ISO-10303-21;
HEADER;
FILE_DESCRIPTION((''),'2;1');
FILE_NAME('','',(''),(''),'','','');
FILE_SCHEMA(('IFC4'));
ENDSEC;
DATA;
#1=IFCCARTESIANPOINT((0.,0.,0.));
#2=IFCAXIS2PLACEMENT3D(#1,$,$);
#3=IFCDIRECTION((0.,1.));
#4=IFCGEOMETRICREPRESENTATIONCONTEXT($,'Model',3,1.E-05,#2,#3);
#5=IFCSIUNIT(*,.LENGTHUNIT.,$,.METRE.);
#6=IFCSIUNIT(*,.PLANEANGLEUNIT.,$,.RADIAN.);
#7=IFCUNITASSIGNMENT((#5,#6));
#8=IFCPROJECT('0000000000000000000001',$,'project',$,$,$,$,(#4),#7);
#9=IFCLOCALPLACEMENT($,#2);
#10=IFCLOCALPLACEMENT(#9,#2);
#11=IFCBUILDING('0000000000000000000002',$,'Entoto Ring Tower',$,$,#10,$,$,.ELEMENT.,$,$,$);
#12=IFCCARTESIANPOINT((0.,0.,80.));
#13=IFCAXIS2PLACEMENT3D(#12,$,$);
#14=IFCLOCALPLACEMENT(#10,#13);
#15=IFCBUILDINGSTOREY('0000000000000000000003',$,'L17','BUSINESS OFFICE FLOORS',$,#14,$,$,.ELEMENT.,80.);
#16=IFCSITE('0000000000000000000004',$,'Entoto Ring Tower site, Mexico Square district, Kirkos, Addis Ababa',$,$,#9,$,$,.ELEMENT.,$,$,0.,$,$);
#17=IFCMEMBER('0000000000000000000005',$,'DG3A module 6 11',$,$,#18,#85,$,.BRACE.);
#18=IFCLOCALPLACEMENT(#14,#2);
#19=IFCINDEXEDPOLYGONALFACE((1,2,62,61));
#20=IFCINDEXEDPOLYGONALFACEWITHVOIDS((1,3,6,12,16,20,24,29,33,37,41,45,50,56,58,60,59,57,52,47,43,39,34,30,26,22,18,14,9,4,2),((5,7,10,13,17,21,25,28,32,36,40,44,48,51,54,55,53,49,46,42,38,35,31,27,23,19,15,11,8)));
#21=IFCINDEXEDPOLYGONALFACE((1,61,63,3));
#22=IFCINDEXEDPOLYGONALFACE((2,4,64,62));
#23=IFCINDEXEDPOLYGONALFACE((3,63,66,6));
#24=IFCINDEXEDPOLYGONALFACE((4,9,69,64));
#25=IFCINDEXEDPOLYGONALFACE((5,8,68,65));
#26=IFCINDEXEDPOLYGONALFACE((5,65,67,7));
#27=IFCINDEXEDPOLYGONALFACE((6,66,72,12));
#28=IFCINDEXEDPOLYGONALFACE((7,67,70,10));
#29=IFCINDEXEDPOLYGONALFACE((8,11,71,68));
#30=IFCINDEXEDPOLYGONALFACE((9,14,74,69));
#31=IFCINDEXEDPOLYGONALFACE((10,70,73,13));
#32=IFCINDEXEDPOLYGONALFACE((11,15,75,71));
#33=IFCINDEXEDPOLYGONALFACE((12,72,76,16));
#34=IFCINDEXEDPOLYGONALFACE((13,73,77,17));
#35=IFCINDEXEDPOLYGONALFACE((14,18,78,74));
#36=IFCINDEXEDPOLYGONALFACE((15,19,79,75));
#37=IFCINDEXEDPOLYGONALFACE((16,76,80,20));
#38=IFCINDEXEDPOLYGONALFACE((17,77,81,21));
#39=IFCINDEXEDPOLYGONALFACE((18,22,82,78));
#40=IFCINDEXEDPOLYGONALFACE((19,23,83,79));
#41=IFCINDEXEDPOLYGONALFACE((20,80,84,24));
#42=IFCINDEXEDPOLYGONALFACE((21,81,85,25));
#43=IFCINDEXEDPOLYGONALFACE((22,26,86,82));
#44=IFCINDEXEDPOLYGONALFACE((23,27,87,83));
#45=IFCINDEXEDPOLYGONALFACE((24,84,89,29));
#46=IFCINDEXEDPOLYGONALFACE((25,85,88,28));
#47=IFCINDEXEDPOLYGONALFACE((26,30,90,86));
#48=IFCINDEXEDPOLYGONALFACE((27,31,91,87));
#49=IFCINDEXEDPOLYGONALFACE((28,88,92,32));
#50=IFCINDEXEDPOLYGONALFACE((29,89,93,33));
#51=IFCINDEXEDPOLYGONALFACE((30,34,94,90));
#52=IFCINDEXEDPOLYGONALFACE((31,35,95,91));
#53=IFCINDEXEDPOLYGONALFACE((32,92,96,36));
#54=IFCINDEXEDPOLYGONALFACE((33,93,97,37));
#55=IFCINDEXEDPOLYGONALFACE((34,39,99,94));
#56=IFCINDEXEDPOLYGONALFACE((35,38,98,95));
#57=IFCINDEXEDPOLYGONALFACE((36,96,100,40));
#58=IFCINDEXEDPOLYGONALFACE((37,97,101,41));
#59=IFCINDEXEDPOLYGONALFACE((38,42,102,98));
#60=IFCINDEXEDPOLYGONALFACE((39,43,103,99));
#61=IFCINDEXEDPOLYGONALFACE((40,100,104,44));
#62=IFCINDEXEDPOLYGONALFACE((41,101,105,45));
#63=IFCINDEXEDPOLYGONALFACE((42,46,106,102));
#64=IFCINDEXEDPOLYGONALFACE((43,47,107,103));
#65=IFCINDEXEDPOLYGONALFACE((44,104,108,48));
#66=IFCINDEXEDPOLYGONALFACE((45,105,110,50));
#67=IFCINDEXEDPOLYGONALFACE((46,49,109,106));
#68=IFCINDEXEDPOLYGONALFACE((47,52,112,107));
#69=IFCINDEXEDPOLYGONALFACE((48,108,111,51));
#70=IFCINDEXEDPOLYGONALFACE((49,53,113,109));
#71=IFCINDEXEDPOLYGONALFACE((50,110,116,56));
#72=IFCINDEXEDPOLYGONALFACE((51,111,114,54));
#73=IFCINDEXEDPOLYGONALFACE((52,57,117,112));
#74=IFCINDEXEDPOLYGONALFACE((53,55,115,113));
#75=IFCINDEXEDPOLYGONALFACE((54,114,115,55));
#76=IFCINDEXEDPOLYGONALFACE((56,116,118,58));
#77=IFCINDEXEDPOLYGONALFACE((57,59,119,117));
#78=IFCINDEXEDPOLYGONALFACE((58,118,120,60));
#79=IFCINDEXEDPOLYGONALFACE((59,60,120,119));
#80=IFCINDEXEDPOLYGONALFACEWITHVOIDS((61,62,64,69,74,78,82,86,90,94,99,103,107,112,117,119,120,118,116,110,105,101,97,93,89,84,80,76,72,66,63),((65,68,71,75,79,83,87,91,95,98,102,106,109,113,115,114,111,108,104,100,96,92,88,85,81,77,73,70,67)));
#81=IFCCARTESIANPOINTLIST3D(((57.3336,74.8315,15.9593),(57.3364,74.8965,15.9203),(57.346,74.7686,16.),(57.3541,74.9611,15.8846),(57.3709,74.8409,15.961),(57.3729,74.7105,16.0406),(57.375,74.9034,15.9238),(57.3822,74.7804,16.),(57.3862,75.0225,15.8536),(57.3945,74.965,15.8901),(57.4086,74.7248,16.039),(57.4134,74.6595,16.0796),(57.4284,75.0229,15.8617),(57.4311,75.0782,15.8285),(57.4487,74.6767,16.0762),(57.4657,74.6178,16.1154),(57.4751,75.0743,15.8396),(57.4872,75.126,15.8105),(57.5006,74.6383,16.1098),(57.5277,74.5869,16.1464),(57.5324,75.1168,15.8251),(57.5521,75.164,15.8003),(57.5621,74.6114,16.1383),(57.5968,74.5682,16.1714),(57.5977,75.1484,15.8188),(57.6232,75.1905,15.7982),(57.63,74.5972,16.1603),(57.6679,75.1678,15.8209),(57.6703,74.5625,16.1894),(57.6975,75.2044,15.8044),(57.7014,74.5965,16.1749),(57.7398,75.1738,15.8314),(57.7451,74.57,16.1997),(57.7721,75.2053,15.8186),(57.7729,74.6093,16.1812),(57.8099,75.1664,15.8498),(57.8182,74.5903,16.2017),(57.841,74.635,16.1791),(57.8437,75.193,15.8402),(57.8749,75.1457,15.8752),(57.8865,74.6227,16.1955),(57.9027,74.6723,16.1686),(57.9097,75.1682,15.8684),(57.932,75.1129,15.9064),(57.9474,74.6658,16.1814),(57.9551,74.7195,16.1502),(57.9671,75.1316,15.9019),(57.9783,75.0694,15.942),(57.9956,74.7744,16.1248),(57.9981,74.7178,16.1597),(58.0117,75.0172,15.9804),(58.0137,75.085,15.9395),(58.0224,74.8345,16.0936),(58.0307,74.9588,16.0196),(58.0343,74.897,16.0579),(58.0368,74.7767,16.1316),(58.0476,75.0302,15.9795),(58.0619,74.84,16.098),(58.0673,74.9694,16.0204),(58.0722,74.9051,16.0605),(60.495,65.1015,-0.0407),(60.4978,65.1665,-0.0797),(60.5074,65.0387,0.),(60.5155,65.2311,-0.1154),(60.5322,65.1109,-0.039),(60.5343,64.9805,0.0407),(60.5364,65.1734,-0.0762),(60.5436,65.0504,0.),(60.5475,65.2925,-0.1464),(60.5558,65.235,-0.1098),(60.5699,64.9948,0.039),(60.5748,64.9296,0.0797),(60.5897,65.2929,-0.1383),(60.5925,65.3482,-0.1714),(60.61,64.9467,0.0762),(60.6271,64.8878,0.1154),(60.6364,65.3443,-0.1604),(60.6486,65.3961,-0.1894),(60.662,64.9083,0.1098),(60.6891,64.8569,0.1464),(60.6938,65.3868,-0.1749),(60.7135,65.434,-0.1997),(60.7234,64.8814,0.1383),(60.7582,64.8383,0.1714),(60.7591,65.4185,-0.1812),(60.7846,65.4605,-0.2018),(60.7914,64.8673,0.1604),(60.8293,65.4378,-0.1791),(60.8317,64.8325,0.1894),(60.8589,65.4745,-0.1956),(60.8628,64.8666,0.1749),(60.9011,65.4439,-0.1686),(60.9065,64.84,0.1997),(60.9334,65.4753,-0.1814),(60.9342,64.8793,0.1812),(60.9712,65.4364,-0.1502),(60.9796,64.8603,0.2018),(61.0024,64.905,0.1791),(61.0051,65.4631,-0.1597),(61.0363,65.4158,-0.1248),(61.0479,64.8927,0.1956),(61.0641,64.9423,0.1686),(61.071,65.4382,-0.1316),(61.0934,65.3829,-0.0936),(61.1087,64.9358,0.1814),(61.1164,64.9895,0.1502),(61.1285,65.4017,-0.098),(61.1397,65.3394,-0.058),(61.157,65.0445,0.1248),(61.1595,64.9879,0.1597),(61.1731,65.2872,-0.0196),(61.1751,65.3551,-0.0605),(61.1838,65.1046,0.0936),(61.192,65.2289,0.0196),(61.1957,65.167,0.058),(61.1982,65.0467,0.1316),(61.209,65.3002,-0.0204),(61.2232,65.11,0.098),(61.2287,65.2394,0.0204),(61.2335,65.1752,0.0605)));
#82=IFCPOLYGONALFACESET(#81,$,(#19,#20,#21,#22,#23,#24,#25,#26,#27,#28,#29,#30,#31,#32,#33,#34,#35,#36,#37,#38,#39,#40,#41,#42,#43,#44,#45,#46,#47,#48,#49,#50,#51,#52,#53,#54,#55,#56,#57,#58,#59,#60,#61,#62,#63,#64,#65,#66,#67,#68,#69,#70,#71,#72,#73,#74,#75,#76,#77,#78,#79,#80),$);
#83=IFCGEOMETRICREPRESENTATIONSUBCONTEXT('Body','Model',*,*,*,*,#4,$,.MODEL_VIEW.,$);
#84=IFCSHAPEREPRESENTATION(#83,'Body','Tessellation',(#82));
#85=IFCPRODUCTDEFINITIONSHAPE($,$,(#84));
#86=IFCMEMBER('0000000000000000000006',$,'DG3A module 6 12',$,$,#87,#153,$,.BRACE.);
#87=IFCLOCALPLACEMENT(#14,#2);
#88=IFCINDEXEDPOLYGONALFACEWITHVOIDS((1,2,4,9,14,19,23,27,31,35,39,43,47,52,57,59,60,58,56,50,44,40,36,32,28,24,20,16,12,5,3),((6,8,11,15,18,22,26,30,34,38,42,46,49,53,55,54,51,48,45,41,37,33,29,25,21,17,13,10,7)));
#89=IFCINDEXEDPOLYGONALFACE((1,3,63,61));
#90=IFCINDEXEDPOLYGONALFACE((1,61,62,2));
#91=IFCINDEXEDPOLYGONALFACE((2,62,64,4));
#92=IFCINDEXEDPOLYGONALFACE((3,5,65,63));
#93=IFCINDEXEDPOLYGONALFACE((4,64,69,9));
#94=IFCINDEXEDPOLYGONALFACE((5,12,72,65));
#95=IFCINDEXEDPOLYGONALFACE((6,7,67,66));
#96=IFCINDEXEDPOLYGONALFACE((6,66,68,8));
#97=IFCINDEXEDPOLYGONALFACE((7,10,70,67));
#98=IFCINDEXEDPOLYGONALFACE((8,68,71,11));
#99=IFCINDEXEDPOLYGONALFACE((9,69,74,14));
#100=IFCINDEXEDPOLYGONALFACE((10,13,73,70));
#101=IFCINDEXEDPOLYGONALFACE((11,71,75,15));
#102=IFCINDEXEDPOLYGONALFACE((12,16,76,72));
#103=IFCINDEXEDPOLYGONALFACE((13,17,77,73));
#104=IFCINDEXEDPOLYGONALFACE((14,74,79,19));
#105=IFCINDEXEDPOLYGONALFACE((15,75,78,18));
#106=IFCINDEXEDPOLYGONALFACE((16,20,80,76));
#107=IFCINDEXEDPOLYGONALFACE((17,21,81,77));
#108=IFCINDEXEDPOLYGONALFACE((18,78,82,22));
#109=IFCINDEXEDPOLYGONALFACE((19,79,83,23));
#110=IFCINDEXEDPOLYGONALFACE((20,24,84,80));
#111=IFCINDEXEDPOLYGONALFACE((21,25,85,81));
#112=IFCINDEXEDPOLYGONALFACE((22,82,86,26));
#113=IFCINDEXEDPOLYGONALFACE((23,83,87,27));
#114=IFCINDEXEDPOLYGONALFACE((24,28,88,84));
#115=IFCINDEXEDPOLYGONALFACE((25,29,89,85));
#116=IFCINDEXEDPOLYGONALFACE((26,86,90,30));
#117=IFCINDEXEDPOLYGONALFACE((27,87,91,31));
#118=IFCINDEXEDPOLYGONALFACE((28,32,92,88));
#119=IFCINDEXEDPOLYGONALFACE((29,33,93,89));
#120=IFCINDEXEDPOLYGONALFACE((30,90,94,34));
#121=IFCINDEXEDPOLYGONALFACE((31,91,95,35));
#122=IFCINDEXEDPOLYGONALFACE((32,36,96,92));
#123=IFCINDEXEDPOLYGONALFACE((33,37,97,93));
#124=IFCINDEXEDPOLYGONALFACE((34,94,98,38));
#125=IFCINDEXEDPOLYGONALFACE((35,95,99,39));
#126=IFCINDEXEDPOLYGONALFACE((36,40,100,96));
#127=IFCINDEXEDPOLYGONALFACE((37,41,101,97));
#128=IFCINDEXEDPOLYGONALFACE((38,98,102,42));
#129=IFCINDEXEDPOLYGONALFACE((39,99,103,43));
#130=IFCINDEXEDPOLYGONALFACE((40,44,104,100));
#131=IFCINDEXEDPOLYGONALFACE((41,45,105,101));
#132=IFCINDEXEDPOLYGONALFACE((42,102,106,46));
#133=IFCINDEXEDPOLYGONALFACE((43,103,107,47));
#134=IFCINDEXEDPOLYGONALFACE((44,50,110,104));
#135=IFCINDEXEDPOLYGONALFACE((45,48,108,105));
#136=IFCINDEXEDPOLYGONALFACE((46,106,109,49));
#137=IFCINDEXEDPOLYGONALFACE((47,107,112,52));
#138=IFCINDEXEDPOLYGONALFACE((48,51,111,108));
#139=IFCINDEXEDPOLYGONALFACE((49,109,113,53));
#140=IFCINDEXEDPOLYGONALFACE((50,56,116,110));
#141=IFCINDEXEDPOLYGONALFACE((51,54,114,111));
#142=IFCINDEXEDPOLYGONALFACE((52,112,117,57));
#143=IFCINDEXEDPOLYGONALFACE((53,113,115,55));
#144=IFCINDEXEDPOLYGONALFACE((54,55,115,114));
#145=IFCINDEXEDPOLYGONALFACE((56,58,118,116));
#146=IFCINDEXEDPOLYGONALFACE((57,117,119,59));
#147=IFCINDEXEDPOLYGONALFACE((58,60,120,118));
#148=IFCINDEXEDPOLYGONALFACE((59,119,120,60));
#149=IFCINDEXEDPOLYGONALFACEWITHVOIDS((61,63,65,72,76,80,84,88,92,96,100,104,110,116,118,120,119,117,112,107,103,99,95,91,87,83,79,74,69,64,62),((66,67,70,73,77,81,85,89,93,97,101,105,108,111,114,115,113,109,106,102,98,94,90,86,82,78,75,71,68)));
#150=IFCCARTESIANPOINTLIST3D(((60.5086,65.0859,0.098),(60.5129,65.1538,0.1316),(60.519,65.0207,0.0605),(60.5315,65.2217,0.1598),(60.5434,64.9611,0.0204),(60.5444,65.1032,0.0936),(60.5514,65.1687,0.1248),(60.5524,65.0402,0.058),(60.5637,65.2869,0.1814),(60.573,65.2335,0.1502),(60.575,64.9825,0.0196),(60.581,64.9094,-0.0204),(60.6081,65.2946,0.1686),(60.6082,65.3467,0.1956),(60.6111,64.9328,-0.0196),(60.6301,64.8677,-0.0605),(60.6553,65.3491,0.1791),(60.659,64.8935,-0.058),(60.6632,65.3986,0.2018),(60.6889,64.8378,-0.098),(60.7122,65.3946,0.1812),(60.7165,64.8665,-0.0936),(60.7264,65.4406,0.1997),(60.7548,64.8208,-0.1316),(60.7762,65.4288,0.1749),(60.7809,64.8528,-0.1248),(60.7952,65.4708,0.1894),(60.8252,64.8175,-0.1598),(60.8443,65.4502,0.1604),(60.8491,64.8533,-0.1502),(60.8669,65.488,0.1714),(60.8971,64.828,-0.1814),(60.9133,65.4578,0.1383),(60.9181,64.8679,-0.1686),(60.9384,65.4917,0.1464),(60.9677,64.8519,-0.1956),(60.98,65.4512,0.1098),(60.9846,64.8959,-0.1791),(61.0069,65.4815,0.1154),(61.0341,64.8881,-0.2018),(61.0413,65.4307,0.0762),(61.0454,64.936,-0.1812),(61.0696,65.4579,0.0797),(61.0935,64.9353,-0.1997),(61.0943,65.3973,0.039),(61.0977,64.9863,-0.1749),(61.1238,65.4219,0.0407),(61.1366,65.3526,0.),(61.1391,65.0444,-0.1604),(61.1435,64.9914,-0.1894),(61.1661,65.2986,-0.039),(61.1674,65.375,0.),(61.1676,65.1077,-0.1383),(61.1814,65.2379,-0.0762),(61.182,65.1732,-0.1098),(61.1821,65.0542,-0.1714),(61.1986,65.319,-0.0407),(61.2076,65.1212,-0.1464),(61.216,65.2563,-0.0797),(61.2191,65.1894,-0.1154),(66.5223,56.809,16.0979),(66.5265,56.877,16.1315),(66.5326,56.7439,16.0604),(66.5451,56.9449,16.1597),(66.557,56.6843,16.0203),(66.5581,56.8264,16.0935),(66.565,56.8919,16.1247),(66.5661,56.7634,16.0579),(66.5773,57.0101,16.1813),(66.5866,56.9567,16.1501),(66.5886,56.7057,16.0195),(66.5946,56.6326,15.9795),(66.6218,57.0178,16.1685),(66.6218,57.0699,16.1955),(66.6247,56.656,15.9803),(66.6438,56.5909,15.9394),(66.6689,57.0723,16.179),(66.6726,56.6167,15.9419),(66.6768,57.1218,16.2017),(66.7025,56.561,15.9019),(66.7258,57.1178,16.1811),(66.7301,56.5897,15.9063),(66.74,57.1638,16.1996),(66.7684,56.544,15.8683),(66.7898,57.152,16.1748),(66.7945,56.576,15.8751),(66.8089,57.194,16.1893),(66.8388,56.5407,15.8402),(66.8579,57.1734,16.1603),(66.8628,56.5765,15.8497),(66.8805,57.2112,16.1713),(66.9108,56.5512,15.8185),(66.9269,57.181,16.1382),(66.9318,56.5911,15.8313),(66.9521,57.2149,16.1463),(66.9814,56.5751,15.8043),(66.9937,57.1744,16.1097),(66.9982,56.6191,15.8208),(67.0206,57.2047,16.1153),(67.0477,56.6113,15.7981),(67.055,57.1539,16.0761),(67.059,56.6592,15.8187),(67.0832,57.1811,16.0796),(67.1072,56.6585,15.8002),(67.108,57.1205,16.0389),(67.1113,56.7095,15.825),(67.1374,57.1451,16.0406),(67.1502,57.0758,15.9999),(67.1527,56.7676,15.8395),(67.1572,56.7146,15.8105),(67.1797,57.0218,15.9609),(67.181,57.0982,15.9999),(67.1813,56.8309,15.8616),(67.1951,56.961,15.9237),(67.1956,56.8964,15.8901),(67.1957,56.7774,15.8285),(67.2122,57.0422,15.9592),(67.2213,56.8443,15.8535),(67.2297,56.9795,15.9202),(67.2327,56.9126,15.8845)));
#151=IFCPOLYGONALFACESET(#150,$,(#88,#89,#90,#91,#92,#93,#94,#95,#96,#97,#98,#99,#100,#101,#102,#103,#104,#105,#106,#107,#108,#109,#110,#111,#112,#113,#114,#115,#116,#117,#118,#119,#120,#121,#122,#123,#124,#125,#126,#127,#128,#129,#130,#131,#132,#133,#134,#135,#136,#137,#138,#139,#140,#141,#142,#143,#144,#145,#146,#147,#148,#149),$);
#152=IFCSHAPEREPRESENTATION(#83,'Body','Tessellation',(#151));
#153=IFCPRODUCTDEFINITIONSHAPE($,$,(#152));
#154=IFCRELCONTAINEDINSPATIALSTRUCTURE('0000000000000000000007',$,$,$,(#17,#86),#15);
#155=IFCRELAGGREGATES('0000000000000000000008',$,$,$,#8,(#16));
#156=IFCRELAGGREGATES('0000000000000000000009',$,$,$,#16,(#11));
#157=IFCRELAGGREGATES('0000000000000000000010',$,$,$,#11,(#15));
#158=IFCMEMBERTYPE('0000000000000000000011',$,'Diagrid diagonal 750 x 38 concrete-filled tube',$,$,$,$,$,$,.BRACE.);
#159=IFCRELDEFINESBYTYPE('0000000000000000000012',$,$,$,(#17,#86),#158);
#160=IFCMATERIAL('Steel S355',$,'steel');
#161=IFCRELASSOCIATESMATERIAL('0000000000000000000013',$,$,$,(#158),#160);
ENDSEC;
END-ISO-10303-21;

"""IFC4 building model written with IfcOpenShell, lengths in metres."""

from ifc_helpers import new_model, si_unit, direction, frame, origin, origin_2d, place, context, subcontext, project, spatial, circle, hollow_circle, extrude, material, material_profile, profile_set, type_object, element, save


model = new_model("IFC4")

# Units and contexts
model_context = context("Model", 3, precision=1e-05, world=origin(), true_north=direction((0.0, 1.0)))
body_context = subcontext(model_context, "Body", "Model", "MODEL_VIEW")
ifc_project = project(units=[si_unit("LENGTHUNIT", "METRE"), si_unit("PLANEANGLEUNIT", "RADIAN")], contexts=[model_context])

# Site, building, storey
site_placement = place(None, origin())
site = spatial("IfcSite", under=ifc_project, at=site_placement, Name="Entoto Ring Tower site, Mexico Square district, Kirkos, Addis Ababa", CompositionType="ELEMENT", RefElevation=0.0)
building_placement = place(site_placement, origin())
building = spatial("IfcBuilding", under=site, at=building_placement, Name="Entoto Ring Tower", CompositionType="ELEMENT")
storey_placement = place(building_placement, frame((0.0, 0.0, 80.0)))
storey = spatial("IfcBuildingStorey", under=building, at=storey_placement, Name="L17", Description="BUSINESS OFFICE FLOORS", CompositionType="ELEMENT", Elevation=80.0)

# Members
ifc_material_1 = material(Name="Steel S355", Category="steel")
ifc_material_profile_1 = material_profile(ifc_material_1, hollow_circle(Radius=0.375, WallThickness=0.0381, at=origin_2d()), Name="CHS 750 x 38")
ifc_material_2 = material(Name="Concrete C60/75", Category="concrete")
ifc_material_profile_2 = material_profile(ifc_material_2, circle(Radius=0.3369, at=origin_2d()), Name="Concrete C60/75 infill")
ifc_profile_set_1 = profile_set([ifc_material_profile_1, ifc_material_profile_2], Name="Steel S355")
member_type_1 = type_object("IfcMemberType", Name="Diagrid diagonal 750 x 38 concrete-filled tube", PredefinedType="BRACE", material=ifc_profile_set_1)
for number, where, z_axis, x_axis, name in (
    (1, (60.864, 65.1545, 0.0), (-0.166465, 0.512341, 0.842494), (-0.951059, -0.309009, 0.0), "DG3A module 6 11"),
    (2, (60.864, 65.1545, 0.0), (0.316654, -0.435823, 0.84249), (0.809008, 0.587797, 0.0), "DG3A module 6 12"),
):
    element("IfcMember", number, at=place(storey_placement, frame(where, z_axis=z_axis, x_axis=x_axis)), inside=storey, type_object=member_type_1, Name=name, PredefinedType="BRACE", context=body_context, shape_type="SweptSolid", body=[
        extrude(hollow_circle(Radius=0.375, WallThickness=0.0381, at=origin_2d()), origin(), (0.0, 0.0, 1.0), 18.9912),
    ])

save(model, "model.ifc")
